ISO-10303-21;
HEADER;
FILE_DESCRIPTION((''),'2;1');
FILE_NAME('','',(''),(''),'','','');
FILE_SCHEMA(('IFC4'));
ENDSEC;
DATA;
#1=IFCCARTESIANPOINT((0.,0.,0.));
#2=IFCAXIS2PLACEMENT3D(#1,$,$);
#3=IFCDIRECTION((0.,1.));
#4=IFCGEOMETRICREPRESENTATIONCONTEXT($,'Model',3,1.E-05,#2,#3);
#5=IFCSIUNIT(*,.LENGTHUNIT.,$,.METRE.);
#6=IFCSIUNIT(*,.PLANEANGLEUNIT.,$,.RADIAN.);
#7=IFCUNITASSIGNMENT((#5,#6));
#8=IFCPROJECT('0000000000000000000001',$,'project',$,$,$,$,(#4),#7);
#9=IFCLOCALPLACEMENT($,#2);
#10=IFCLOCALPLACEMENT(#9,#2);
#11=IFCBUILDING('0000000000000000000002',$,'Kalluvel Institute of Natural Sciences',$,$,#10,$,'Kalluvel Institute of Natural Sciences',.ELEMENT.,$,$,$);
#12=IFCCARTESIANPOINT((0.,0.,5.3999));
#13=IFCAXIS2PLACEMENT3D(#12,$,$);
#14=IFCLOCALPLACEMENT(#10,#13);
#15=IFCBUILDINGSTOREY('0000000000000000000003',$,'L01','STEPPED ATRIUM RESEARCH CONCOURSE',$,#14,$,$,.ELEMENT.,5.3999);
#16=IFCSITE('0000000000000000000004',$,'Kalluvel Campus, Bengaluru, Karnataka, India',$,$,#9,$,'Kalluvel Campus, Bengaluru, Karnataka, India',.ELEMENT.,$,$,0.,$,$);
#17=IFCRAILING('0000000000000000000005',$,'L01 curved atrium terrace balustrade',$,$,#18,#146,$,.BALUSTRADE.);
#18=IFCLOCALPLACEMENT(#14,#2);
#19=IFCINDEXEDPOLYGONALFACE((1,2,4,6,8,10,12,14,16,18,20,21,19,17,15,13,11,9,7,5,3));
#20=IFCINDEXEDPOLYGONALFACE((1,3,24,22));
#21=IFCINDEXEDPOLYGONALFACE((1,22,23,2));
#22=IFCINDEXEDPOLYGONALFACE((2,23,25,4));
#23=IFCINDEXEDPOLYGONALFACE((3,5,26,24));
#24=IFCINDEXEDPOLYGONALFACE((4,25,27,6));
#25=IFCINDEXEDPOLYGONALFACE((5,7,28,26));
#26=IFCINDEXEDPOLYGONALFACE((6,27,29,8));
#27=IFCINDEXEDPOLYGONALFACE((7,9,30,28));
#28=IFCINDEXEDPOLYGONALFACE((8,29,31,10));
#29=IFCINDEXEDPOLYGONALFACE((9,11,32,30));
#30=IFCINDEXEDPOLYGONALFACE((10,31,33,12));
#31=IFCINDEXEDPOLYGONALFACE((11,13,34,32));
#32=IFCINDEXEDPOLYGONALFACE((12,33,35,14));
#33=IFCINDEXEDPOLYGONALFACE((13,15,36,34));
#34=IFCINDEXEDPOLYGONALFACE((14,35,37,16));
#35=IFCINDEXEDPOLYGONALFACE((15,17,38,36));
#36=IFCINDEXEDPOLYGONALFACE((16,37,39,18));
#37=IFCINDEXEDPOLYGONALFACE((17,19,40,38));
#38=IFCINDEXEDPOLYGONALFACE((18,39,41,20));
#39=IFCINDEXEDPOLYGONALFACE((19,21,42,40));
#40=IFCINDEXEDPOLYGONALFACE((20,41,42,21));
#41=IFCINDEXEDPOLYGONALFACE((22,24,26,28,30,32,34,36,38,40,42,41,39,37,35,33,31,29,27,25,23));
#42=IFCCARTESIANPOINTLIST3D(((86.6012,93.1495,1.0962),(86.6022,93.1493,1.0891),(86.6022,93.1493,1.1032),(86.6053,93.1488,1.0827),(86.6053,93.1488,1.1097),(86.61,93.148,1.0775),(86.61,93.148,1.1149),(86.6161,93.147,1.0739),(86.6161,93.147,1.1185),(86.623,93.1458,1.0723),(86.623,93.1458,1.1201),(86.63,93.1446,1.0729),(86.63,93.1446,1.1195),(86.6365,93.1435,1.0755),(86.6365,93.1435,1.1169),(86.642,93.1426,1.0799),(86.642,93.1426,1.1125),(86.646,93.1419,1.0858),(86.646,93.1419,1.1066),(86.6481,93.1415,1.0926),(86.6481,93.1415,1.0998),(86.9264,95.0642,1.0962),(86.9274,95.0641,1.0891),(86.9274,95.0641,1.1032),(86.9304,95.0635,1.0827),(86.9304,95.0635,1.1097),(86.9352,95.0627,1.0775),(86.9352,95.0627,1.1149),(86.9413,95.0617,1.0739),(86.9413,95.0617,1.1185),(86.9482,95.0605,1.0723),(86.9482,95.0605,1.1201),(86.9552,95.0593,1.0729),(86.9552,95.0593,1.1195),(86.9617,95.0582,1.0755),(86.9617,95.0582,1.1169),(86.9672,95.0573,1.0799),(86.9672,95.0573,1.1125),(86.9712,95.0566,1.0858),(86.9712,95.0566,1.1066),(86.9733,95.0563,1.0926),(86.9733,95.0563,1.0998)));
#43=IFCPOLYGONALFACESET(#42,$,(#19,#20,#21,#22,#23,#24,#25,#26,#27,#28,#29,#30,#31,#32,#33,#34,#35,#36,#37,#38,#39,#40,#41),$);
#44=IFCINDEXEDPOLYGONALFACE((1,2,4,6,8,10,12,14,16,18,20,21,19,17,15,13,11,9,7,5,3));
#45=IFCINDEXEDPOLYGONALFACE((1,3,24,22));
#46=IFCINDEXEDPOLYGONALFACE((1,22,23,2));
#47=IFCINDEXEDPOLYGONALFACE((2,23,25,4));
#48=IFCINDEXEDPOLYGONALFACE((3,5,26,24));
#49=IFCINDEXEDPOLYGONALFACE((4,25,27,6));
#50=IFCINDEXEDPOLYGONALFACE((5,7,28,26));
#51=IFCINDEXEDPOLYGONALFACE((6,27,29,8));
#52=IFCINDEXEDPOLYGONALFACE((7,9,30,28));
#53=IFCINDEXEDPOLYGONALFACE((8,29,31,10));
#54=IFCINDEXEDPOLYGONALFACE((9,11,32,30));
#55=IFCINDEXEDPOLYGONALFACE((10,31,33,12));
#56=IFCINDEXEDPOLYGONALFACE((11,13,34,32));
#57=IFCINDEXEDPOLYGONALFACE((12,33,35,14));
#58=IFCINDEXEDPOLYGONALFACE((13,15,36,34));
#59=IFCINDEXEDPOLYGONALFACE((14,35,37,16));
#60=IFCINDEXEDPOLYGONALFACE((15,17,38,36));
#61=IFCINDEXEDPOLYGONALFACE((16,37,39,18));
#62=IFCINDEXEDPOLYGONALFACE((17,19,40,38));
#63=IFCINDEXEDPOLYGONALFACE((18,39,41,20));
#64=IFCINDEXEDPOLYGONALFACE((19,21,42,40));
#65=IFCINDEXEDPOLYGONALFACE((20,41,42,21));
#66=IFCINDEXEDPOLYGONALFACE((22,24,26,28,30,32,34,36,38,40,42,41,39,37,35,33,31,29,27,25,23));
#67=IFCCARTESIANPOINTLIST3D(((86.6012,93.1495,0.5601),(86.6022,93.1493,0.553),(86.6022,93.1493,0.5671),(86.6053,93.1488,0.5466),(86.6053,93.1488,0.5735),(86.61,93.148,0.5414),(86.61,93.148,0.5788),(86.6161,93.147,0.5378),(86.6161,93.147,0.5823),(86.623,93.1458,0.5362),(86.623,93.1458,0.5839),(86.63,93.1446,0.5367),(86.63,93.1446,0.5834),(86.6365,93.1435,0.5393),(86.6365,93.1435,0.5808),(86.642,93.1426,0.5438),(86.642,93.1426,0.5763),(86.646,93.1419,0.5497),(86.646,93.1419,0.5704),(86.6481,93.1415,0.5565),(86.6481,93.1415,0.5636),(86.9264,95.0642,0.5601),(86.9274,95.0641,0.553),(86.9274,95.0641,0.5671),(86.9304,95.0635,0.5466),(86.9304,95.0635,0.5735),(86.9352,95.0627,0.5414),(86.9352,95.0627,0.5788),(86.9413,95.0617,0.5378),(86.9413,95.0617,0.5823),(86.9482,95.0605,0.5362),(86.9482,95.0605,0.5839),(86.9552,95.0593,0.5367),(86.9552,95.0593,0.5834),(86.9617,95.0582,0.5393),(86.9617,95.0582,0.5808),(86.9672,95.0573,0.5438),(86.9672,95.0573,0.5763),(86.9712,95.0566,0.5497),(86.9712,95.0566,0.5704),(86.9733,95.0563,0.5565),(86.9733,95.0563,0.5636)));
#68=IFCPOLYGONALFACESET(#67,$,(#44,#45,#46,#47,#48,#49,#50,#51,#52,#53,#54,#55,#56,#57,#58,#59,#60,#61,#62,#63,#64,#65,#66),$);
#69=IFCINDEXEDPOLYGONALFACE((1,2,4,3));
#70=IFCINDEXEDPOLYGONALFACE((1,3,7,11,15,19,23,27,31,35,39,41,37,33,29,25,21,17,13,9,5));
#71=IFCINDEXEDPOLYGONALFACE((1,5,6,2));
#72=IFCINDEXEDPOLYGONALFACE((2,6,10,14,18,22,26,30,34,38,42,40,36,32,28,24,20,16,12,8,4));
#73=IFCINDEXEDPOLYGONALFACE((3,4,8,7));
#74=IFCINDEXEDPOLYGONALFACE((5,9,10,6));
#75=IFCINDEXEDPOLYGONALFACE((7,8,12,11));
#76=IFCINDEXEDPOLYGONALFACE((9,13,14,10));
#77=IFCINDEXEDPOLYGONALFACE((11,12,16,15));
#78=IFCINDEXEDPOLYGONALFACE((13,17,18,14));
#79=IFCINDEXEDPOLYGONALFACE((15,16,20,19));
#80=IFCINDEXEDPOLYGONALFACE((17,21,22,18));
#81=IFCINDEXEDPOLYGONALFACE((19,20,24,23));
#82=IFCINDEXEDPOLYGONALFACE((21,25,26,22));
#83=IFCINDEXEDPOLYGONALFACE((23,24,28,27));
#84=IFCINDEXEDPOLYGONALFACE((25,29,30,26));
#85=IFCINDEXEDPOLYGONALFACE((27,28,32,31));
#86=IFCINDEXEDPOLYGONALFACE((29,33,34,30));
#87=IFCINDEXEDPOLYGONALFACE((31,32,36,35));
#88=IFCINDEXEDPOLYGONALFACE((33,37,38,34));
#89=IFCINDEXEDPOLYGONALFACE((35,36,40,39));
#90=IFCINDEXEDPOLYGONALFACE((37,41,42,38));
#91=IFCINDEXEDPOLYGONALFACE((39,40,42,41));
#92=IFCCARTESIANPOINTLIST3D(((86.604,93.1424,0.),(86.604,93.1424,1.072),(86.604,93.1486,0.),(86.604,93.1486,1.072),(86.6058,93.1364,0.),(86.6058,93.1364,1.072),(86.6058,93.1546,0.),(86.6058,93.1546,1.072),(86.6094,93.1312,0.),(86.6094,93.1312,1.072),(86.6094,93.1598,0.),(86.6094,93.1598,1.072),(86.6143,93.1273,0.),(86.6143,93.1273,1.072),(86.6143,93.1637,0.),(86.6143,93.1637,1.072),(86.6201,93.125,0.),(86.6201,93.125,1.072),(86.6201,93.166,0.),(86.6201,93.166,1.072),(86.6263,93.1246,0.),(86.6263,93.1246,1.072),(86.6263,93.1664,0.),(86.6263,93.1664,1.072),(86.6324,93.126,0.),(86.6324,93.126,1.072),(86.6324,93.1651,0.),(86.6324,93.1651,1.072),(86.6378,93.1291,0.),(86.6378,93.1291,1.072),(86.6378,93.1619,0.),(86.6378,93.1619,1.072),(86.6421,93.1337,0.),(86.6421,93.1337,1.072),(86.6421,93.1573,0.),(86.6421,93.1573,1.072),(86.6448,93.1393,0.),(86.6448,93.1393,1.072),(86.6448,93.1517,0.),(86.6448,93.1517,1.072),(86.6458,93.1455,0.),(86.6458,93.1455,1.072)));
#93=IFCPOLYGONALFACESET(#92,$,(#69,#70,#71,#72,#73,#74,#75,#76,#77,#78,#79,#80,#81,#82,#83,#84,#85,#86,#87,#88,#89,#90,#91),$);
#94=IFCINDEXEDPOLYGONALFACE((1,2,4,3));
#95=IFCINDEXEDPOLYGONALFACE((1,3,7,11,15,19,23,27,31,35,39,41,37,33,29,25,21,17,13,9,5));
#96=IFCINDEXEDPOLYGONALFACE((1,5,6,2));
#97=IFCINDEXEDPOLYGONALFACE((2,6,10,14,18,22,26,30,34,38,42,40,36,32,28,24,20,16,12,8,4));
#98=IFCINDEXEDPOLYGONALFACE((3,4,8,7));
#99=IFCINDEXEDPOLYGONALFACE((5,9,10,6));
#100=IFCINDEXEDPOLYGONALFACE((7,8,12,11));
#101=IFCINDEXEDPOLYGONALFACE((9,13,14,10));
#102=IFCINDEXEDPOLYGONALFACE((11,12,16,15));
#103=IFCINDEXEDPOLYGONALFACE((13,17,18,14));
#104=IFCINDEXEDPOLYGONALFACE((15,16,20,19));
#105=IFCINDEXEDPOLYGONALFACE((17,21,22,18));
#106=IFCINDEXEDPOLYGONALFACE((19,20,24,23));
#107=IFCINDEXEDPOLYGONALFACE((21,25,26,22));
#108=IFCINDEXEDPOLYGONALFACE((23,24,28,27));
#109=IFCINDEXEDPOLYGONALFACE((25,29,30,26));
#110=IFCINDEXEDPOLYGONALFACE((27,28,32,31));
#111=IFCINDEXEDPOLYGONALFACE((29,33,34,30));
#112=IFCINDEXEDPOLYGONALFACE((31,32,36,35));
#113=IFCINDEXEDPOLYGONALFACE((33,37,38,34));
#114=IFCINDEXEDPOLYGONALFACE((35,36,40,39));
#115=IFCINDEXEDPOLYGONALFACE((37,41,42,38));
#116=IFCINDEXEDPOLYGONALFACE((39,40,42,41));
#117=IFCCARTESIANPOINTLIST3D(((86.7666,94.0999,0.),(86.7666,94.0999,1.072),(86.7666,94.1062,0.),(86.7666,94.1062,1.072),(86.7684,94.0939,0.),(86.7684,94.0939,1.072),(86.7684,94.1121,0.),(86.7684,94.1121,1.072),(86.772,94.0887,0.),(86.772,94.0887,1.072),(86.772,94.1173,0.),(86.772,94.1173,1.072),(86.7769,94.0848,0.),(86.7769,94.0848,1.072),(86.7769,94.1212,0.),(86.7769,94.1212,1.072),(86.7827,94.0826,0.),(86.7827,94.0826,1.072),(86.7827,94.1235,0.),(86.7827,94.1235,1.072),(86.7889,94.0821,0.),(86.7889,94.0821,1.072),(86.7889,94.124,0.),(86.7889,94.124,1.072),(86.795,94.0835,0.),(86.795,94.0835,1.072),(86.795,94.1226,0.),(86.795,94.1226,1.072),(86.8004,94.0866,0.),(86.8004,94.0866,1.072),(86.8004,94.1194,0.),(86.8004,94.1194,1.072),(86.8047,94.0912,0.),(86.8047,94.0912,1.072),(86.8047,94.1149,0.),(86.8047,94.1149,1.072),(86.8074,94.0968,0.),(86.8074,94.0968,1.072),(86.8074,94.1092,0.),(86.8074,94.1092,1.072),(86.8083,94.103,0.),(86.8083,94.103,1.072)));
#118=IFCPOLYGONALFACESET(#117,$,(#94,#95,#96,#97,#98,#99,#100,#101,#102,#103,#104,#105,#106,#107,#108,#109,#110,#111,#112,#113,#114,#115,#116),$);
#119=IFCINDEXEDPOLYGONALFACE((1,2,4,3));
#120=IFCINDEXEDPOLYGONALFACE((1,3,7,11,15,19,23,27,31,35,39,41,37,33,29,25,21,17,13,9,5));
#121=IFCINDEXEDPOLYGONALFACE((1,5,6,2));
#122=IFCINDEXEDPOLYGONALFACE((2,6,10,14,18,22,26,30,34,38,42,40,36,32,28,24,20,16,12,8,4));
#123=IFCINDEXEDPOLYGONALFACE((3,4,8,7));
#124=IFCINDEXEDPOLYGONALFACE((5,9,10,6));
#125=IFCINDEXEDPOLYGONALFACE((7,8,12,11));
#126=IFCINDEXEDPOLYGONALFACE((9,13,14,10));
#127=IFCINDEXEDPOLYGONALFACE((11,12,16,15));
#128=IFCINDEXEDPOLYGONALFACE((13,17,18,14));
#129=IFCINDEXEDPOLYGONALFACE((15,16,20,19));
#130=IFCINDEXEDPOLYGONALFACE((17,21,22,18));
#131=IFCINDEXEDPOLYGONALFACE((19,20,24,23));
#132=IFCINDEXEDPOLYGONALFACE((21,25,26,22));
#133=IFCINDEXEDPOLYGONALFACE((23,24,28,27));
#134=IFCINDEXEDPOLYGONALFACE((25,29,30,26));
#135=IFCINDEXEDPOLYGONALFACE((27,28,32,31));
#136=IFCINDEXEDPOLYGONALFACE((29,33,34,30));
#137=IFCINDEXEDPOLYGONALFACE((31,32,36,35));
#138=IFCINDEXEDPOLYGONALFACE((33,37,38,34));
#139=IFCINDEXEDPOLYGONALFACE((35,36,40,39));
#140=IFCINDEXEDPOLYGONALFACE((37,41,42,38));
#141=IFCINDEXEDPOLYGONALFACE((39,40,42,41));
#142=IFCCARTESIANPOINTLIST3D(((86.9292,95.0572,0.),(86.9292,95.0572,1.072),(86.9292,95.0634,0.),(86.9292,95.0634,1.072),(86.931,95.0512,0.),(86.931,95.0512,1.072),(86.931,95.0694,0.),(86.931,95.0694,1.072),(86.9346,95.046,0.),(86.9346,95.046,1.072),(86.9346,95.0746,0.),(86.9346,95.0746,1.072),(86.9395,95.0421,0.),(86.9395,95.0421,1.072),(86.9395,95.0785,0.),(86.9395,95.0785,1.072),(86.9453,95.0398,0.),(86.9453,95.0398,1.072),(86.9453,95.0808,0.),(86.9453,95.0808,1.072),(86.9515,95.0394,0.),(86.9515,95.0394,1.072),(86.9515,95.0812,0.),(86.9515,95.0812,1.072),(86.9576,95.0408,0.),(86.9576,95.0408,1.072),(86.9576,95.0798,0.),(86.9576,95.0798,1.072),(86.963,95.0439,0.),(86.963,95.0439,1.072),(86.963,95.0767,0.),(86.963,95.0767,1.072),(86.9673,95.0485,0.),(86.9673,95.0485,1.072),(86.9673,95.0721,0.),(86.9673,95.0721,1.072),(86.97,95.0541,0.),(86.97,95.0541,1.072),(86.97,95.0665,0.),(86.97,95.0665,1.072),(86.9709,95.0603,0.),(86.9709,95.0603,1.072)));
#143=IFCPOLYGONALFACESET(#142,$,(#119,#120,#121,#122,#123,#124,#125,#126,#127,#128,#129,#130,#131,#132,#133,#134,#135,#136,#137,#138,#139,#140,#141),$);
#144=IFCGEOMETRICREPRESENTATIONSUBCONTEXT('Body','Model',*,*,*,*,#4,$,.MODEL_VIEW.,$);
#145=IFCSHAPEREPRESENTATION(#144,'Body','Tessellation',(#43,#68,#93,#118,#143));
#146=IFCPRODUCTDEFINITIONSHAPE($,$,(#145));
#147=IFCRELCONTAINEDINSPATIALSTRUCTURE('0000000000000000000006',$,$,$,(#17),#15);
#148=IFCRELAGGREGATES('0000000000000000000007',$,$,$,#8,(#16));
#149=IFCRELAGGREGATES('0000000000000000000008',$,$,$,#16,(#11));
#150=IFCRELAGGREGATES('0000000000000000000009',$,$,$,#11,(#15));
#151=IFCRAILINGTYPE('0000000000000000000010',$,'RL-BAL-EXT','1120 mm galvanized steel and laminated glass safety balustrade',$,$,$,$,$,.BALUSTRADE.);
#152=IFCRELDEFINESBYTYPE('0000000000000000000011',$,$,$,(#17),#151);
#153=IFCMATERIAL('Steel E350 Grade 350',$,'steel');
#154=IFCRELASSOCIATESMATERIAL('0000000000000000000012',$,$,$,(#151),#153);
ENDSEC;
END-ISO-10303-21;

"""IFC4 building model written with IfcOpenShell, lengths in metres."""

from ifc_helpers import new_model, si_unit, direction, frame, origin, origin_2d, place, context, subcontext, project, spatial, circle, extrude, material, type_object, element, save


model = new_model("IFC4")

# Units and contexts
model_context = context("Model", 3, precision=1e-05, world=origin(), true_north=direction((0.0, 1.0)))
body_context = subcontext(model_context, "Body", "Model", "MODEL_VIEW")
ifc_project = project(units=[si_unit("LENGTHUNIT", "METRE"), si_unit("PLANEANGLEUNIT", "RADIAN")], contexts=[model_context])

# Site, building, storey
site_placement = place(None, origin())
site = spatial("IfcSite", under=ifc_project, at=site_placement, Name="Kalluvel Campus, Bengaluru, Karnataka, India", LongName="Kalluvel Campus, Bengaluru, Karnataka, India", CompositionType="ELEMENT", RefElevation=0.0)
building_placement = place(site_placement, origin())
building = spatial("IfcBuilding", under=site, at=building_placement, Name="Kalluvel Institute of Natural Sciences", LongName="Kalluvel Institute of Natural Sciences", CompositionType="ELEMENT")
storey_placement = place(building_placement, frame((0.0, 0.0, 5.3999)))
storey = spatial("IfcBuildingStorey", under=building, at=storey_placement, Name="L01", Description="STEPPED ATRIUM RESEARCH CONCOURSE", CompositionType="ELEMENT", Elevation=5.3999)

# Railing
ifc_material_1 = material(Name="Steel E350 Grade 350", Category="steel")
railing_type = type_object("IfcRailingType", Name="RL-BAL-EXT", Description="1120 mm galvanized steel and laminated glass safety balustrade", PredefinedType="BALUSTRADE", material=ifc_material_1)
railing_1_placement = place(storey_placement, frame((86.6248, 93.1455, 0.0)))
element("IfcRailing", 1, at=railing_1_placement, inside=storey, type_object=railing_type, Name="L01 curved atrium terrace balustrade", PredefinedType="BALUSTRADE", context=body_context, shape_type="SweptSolid", body=[
    extrude(circle(Radius=0.0239, at=origin_2d()), frame((0.0, 0.0, 1.0962), z_axis=(0.167435, 0.985883, 0.0), x_axis=(-0.985883, 0.167435, 0.0)), (0.0, 0.0, 1.0), 1.9421),
    extrude(circle(Radius=0.0239, at=origin_2d()), frame((0.0, 0.0, 0.5601), z_axis=(0.167435, 0.985883, 0.0), x_axis=(-0.985883, 0.167435, 0.0)), (0.0, 0.0, 1.0), 1.9421),
    extrude(circle(Radius=0.021, at=origin_2d()), origin(), (0.0, 0.0, 1.0), 1.072),
    extrude(circle(Radius=0.021, at=origin_2d()), frame((0.1626, 0.9575, 0.0)), (0.0, 0.0, 1.0), 1.072),
    extrude(circle(Radius=0.021, at=origin_2d()), frame((0.3252, 1.9148, 0.0)), (0.0, 0.0, 1.0), 1.072),
])

save(model, "model.ifc")
